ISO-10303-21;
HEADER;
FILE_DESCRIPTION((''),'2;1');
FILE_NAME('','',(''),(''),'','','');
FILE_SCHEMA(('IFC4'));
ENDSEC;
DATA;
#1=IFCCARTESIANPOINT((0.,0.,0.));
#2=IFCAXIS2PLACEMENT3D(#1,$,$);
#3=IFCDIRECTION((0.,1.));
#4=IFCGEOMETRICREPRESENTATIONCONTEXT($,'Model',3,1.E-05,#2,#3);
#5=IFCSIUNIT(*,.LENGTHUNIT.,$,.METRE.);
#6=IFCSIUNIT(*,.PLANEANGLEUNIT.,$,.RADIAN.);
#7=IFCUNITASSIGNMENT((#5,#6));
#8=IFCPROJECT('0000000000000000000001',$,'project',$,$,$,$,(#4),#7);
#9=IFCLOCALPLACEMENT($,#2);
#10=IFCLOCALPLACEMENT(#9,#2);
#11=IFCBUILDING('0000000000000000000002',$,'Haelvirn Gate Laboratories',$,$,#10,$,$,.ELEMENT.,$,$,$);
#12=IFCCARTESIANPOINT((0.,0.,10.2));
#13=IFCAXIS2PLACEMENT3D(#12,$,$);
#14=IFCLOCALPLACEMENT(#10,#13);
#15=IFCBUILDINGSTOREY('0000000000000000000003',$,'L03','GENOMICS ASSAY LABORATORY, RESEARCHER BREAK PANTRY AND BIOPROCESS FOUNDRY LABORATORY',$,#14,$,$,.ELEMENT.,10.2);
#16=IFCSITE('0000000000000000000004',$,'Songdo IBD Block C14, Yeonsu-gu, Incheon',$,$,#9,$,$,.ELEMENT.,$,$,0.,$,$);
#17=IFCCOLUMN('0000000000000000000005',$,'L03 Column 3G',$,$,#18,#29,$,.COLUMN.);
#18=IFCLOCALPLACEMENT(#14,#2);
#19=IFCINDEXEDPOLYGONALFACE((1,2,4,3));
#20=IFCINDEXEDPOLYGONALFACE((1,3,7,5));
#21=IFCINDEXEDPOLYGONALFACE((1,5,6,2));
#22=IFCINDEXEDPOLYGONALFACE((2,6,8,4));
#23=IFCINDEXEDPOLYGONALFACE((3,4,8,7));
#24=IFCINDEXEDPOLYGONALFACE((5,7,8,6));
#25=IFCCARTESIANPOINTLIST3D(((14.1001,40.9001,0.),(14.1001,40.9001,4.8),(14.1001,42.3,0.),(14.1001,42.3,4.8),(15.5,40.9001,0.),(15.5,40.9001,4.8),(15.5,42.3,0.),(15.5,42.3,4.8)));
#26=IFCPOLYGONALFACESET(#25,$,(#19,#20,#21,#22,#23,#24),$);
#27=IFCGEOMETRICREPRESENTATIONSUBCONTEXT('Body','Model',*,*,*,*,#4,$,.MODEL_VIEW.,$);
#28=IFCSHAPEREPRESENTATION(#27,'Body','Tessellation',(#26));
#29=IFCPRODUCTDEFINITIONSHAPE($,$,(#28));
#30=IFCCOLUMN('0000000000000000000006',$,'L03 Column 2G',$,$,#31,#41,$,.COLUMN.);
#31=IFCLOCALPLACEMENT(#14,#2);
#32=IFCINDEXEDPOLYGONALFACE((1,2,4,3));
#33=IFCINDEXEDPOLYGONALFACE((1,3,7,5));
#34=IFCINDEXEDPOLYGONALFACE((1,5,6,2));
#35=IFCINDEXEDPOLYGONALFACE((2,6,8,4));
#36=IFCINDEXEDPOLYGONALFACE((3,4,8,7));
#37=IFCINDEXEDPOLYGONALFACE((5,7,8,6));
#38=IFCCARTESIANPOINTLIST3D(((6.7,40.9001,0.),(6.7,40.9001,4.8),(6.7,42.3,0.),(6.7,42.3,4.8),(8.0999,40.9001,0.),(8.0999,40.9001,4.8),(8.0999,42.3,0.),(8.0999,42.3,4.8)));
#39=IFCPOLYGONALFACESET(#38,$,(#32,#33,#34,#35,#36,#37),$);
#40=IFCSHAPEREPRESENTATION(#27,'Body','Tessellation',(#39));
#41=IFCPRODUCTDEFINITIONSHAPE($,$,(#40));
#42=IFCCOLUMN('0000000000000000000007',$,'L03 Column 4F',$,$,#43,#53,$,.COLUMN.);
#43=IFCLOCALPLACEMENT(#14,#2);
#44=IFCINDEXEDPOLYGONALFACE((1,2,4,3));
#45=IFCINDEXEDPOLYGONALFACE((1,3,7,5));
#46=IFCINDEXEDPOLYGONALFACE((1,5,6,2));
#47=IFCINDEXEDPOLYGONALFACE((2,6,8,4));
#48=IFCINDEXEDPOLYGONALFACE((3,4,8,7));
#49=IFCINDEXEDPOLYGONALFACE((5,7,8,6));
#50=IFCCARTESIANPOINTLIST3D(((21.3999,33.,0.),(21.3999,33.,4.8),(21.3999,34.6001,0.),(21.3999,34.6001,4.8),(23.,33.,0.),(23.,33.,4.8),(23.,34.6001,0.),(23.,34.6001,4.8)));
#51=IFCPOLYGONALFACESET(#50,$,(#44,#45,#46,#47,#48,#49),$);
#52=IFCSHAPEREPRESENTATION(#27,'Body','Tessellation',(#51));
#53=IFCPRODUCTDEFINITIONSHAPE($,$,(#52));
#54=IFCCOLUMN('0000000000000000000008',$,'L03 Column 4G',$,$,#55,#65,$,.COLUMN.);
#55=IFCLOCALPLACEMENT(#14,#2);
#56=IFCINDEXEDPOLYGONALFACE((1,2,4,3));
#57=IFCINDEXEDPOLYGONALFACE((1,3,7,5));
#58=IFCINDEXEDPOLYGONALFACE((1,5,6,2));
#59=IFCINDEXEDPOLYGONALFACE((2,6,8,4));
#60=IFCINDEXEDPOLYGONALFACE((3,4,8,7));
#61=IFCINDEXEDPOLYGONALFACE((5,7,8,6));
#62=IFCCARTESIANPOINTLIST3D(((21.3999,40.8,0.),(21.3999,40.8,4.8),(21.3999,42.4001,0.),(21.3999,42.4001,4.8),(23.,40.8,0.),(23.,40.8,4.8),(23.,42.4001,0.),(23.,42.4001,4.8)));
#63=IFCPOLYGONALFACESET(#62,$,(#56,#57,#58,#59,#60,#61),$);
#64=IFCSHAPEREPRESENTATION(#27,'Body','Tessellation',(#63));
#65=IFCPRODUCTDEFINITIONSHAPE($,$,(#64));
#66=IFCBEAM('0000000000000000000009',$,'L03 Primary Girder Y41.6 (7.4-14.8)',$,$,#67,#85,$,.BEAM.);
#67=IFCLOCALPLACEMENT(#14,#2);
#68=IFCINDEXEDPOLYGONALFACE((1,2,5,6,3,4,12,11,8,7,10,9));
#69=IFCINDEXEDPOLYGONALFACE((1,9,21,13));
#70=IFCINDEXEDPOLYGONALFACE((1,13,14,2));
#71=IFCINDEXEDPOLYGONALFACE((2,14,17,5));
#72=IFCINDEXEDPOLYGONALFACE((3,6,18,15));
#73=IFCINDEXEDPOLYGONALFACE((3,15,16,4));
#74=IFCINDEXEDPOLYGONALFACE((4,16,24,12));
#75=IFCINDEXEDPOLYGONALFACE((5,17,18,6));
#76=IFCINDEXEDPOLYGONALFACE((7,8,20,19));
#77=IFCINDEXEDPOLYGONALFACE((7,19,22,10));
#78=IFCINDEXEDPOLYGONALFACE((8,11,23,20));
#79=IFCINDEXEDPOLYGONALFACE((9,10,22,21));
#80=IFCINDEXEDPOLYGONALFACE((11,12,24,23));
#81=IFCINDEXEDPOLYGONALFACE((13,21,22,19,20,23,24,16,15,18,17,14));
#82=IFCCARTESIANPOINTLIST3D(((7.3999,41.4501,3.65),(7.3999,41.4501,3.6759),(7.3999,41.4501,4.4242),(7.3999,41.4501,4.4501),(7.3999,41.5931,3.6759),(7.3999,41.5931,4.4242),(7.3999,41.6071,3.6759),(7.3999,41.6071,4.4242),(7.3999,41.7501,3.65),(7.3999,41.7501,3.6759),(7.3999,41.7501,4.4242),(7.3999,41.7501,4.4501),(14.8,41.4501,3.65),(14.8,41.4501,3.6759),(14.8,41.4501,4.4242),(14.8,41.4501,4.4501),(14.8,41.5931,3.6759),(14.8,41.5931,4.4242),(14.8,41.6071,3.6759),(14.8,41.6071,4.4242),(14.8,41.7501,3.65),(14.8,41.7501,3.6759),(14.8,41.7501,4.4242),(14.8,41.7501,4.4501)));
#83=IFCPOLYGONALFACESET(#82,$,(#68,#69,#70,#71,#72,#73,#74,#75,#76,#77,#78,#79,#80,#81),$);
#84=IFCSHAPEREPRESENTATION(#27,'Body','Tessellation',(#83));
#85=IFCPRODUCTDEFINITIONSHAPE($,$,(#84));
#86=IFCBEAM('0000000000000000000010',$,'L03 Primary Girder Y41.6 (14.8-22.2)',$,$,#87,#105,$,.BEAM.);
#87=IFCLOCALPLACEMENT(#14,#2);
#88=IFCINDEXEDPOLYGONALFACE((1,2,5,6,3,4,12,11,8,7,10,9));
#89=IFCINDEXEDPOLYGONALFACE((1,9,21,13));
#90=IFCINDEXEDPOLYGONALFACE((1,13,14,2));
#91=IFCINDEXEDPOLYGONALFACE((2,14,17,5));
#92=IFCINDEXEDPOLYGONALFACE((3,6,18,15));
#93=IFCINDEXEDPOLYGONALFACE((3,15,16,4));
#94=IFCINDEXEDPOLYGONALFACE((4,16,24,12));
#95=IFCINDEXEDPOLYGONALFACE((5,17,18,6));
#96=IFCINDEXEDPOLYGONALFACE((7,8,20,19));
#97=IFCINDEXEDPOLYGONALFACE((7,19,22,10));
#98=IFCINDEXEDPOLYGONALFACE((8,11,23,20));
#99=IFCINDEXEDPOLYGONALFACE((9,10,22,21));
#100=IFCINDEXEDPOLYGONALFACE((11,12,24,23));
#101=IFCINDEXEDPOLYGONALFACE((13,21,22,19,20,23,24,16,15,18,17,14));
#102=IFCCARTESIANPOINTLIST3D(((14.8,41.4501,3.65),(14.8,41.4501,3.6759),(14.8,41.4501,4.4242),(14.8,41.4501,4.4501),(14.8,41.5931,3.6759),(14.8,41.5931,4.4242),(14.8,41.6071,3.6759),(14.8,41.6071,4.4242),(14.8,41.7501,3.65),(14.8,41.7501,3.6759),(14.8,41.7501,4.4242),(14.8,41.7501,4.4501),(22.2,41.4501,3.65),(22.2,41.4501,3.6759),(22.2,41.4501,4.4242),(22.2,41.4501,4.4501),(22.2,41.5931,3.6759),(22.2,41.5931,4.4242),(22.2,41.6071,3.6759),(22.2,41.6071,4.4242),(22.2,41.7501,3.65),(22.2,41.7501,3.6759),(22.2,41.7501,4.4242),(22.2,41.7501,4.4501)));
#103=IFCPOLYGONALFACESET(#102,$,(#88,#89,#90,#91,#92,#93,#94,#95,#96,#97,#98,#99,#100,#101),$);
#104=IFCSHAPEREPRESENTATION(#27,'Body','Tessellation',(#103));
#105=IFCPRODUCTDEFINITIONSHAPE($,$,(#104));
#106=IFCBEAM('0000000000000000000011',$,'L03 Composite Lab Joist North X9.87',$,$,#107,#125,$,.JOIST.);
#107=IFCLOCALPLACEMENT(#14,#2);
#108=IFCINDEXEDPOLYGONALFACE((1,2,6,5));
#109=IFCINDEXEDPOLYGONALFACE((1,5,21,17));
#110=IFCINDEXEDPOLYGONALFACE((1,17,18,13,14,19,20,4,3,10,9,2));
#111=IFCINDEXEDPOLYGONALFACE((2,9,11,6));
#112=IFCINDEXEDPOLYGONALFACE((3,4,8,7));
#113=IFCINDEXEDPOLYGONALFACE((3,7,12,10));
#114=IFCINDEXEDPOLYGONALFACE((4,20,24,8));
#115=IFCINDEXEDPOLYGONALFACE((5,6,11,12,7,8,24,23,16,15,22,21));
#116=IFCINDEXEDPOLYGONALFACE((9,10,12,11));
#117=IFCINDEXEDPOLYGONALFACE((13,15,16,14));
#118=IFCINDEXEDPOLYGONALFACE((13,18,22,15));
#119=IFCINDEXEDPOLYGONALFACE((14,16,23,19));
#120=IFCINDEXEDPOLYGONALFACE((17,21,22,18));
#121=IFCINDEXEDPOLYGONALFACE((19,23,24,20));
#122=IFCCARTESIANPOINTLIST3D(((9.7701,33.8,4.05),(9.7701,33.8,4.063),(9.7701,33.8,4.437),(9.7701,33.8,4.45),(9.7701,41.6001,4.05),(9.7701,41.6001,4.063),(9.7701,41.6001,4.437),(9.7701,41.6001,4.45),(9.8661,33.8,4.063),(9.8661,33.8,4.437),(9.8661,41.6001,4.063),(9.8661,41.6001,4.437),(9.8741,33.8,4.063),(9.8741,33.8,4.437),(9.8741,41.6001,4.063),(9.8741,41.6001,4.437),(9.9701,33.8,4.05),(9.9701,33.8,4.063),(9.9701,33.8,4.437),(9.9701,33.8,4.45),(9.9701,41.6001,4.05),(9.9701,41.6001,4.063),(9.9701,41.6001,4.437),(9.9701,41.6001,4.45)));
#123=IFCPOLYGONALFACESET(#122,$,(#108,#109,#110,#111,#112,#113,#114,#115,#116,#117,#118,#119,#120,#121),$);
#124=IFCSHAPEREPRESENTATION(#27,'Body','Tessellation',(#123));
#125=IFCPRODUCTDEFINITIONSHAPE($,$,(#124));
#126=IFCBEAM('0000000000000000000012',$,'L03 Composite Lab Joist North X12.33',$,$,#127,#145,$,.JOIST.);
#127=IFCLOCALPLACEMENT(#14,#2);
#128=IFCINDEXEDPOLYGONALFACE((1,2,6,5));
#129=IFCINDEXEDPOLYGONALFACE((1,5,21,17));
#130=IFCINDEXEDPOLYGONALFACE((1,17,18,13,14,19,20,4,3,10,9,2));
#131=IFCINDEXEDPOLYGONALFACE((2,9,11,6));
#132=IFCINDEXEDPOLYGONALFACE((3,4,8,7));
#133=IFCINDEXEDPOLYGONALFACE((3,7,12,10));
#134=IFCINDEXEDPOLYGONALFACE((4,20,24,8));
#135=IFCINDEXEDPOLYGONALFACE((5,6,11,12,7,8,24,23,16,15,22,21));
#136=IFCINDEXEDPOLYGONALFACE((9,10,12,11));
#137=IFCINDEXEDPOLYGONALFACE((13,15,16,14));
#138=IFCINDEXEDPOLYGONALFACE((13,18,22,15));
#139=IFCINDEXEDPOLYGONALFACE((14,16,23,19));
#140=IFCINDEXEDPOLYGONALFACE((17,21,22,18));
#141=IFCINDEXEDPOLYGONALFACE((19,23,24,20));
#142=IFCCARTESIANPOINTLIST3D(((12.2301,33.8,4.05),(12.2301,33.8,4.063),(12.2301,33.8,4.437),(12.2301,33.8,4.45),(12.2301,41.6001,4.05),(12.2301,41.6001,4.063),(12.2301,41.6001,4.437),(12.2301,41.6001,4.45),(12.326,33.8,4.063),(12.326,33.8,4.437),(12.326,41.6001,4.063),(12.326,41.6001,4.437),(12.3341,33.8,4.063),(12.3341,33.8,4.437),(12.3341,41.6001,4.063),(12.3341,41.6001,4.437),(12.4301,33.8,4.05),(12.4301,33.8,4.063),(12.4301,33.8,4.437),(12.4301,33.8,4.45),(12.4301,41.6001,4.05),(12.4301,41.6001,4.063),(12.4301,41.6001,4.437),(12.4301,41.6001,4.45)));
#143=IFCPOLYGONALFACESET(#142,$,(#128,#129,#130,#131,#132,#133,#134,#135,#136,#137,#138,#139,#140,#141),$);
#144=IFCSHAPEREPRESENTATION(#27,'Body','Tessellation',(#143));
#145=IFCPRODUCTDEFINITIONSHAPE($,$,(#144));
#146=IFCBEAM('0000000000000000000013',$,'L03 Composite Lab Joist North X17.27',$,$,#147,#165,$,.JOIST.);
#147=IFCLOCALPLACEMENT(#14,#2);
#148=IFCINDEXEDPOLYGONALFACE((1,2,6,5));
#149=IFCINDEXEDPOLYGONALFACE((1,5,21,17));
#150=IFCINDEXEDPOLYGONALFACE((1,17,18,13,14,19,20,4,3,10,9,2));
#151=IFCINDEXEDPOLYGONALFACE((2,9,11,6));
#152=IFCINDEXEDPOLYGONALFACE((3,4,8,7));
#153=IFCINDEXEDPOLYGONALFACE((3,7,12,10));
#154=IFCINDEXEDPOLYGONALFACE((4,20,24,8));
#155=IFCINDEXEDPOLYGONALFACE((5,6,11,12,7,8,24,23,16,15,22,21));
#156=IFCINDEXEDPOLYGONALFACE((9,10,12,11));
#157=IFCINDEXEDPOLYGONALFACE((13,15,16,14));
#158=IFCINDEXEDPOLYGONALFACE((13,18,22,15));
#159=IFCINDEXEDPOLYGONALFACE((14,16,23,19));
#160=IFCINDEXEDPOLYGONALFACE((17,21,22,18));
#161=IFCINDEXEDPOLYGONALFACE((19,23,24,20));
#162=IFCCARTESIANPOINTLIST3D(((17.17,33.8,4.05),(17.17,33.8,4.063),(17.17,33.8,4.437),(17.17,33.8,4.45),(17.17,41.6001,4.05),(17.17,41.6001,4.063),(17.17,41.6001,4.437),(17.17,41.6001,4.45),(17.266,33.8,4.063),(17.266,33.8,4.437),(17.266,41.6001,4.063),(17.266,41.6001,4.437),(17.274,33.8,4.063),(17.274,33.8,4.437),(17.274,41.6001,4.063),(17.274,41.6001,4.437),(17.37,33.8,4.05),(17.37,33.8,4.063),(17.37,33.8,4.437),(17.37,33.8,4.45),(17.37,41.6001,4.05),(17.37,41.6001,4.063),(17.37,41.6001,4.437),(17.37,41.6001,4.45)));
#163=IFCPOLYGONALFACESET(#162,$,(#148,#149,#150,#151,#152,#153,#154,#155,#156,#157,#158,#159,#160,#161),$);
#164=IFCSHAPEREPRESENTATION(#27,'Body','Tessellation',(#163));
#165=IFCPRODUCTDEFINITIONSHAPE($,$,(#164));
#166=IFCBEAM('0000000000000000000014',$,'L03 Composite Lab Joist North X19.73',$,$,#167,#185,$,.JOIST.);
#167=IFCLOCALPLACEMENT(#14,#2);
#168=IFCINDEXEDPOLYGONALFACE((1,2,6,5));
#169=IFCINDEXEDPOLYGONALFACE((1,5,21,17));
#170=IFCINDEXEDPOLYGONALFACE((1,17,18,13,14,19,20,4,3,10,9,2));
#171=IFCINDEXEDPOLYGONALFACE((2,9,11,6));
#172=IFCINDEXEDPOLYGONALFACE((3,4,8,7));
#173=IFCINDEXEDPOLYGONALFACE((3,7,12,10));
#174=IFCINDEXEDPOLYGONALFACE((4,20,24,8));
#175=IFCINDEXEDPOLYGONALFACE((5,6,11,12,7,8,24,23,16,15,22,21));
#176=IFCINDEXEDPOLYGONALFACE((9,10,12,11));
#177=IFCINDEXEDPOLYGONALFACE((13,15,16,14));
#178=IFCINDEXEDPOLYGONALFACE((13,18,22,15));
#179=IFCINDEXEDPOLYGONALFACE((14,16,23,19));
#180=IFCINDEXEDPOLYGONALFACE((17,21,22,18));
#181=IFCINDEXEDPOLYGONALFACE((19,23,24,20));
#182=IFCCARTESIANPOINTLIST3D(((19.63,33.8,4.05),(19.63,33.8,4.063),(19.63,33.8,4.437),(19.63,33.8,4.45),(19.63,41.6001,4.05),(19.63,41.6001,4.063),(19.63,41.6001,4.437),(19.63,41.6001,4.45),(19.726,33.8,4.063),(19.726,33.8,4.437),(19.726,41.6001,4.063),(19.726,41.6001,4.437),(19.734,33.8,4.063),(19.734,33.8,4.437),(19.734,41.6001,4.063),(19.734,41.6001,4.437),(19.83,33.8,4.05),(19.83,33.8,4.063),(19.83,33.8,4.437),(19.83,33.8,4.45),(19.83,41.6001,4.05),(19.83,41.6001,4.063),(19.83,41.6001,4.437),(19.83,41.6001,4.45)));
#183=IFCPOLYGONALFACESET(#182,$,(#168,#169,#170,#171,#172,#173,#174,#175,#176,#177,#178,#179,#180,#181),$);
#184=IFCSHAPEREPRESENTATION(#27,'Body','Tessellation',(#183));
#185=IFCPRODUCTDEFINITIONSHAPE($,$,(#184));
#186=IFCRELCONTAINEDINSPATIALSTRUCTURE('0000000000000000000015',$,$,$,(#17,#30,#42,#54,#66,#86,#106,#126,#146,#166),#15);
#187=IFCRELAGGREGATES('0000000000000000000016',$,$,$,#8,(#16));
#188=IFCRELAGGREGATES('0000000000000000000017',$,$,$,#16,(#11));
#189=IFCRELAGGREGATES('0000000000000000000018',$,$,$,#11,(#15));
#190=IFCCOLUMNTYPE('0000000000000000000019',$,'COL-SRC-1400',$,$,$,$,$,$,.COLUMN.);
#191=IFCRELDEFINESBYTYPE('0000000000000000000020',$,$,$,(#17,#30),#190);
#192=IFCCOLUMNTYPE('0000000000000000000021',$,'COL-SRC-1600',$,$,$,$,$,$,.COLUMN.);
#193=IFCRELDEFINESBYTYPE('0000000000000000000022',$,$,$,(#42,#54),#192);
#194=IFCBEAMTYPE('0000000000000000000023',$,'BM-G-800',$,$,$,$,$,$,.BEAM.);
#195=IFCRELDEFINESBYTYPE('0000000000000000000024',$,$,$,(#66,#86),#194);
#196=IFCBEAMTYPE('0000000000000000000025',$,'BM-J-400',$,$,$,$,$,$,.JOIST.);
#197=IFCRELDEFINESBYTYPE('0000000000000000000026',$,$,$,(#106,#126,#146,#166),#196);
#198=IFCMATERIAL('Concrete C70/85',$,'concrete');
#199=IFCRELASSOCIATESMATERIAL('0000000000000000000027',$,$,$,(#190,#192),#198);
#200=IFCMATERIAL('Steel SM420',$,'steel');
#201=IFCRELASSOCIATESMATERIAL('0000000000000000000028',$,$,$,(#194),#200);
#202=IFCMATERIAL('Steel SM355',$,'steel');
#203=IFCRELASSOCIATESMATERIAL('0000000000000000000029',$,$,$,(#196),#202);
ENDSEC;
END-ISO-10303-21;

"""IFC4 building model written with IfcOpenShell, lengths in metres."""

from ifc_helpers import new_model, si_unit, direction, frame, origin, origin_2d, place, context, subcontext, project, spatial, rectangle, i_section, extrude, source, transform, mapped, material, material_profile, profile_set, type_object, type_shapes, element, save


model = new_model("IFC4")

# Units and contexts
model_context = context("Model", 3, precision=1e-05, world=origin(), true_north=direction((0.0, 1.0)))
body_context = subcontext(model_context, "Body", "Model", "MODEL_VIEW")
ifc_project = project(units=[si_unit("LENGTHUNIT", "METRE"), si_unit("PLANEANGLEUNIT", "RADIAN")], contexts=[model_context])

# Site, building, storey
site_placement = place(None, origin())
site = spatial("IfcSite", under=ifc_project, at=site_placement, Name="Songdo IBD Block C14, Yeonsu-gu, Incheon", CompositionType="ELEMENT", RefElevation=0.0)
building_placement = place(site_placement, origin())
building = spatial("IfcBuilding", under=site, at=building_placement, Name="Haelvirn Gate Laboratories", CompositionType="ELEMENT")
storey_placement = place(building_placement, frame((0.0, 0.0, 10.2)))
storey = spatial("IfcBuildingStorey", under=building, at=storey_placement, Name="L03", Description="GENOMICS ASSAY LABORATORY, RESEARCHER BREAK PANTRY AND BIOPROCESS FOUNDRY LABORATORY", CompositionType="ELEMENT", Elevation=10.2)

# Columns
ifc_material_1 = material(Name="Concrete C70/85", Category="concrete")
ifc_material_profile_1 = material_profile(ifc_material_1, rectangle(XDim=1.3999, YDim=1.3999, at=origin_2d()), Name="SRC-1400x1400")
ifc_profile_set_1 = profile_set([ifc_material_profile_1], Name="Concrete C70/85")
column_type_1 = type_object("IfcColumnType", Name="COL-SRC-1400", PredefinedType="COLUMN", material=ifc_profile_set_1)
shared_shape_1 = source(origin(), body_context, "Body", "SweptSolid", [
    extrude(rectangle(XDim=1.3999, YDim=1.3999, at=origin_2d()), origin(), (0.0, 0.0, 1.0), 4.8),
])
type_shapes(column_type_1, [shared_shape_1])
for number, where, z_axis, x_axis, name in (
    (1, (14.8, 41.6001, 0.0), (0.0, 0.0, 1.0), (1.0, 0.0, 0.0), "L03 Column 3G"),
    (2, (7.3999, 41.6001, 0.0), (0.0, 0.0, 1.0), (1.0, 0.0, 0.0), "L03 Column 2G"),
):
    element("IfcColumn", number, at=place(storey_placement, frame(where, z_axis=z_axis, x_axis=x_axis)), inside=storey, type_object=column_type_1, Name=name, PredefinedType="COLUMN", context=body_context, shape_type="MappedRepresentation", body=[
        mapped(shared_shape_1, transform((0.0, 0.0, 0.0), scale=1.0)),
    ])
ifc_material_profile_2 = material_profile(ifc_material_1, rectangle(XDim=1.6001, YDim=1.6001, at=origin_2d()), Name="SRC-1600x1600")
ifc_profile_set_2 = profile_set([ifc_material_profile_2], Name="Concrete C70/85")
column_type_2 = type_object("IfcColumnType", Name="COL-SRC-1600", PredefinedType="COLUMN", material=ifc_profile_set_2)
shared_shape_2 = source(origin(), body_context, "Body", "SweptSolid", [
    extrude(rectangle(XDim=1.6001, YDim=1.6001, at=origin_2d()), origin(), (0.0, 0.0, 1.0), 4.8),
])
type_shapes(column_type_2, [shared_shape_2])
for number, where, z_axis, x_axis, name in (
    (3, (22.2, 33.8, 0.0), (0.0, 0.0, 1.0), (1.0, 0.0, 0.0), "L03 Column 4F"),
    (4, (22.2, 41.6001, 0.0), (0.0, 0.0, 1.0), (1.0, 0.0, 0.0), "L03 Column 4G"),
):
    element("IfcColumn", number, at=place(storey_placement, frame(where, z_axis=z_axis, x_axis=x_axis)), inside=storey, type_object=column_type_2, Name=name, PredefinedType="COLUMN", context=body_context, shape_type="MappedRepresentation", body=[
        mapped(shared_shape_2, transform((0.0, 0.0, 0.0), scale=1.0)),
    ])

# Beams
ifc_material_2 = material(Name="Steel SM420", Category="steel")
ifc_material_profile_3 = material_profile(ifc_material_2, i_section(OverallWidth=0.3, OverallDepth=0.8, WebThickness=0.0139, FlangeThickness=0.0259, at=origin_2d()), Name="H-800x300x14x26")
ifc_profile_set_3 = profile_set([ifc_material_profile_3], Name="Steel SM420")
beam_type_1 = type_object("IfcBeamType", Name="BM-G-800", PredefinedType="BEAM", material=ifc_profile_set_3)
shared_shape_3 = source(origin(), body_context, "Body", "SweptSolid", [
    extrude(i_section(OverallWidth=0.3, OverallDepth=0.8, WebThickness=0.0139, FlangeThickness=0.0259, at=origin_2d()), origin(), (0.0, 0.0, 1.0), 7.4001),
])
beam_1_placement = place(storey_placement, frame((7.3999, 41.6001, 4.05), z_axis=(1.0, 0.0, 0.0), x_axis=(0.0, 1.0, 0.0)))
element("IfcBeam", 5, at=beam_1_placement, inside=storey, type_object=beam_type_1, Name="L03 Primary Girder Y41.6 (7.4-14.8)", PredefinedType="BEAM", context=body_context, shape_type="MappedRepresentation", body=[
    mapped(shared_shape_3, transform((0.0, 0.0, 0.0), scale=1.0)),
])
shared_shape_4 = source(origin(), body_context, "Body", "SweptSolid", [
    extrude(i_section(OverallWidth=0.3, OverallDepth=0.8, WebThickness=0.0139, FlangeThickness=0.0259, at=origin_2d()), origin(), (0.0, 0.0, 1.0), 7.3999),
])
type_shapes(beam_type_1, [shared_shape_3, shared_shape_4])
beam_2_placement = place(storey_placement, frame((14.8, 41.6001, 4.05), z_axis=(1.0, 0.0, 0.0), x_axis=(0.0, 1.0, 0.0)))
element("IfcBeam", 6, at=beam_2_placement, inside=storey, type_object=beam_type_1, Name="L03 Primary Girder Y41.6 (14.8-22.2)", PredefinedType="BEAM", context=body_context, shape_type="MappedRepresentation", body=[
    mapped(shared_shape_4, transform((0.0, 0.0, 0.0), scale=1.0)),
])
ifc_material_3 = material(Name="Steel SM355", Category="steel")
ifc_material_profile_4 = material_profile(ifc_material_3, i_section(OverallWidth=0.2, OverallDepth=0.3999, WebThickness=0.0081, FlangeThickness=0.0129, at=origin_2d()), Name="H-400x200x8x13")
ifc_profile_set_4 = profile_set([ifc_material_profile_4], Name="Steel SM355")
beam_type_2 = type_object("IfcBeamType", Name="BM-J-400", PredefinedType="JOIST", material=ifc_profile_set_4)
shared_shape_5 = source(origin(), body_context, "Body", "SweptSolid", [
    extrude(i_section(OverallWidth=0.2, OverallDepth=0.3999, WebThickness=0.0081, FlangeThickness=0.0129, at=origin_2d()), origin(), (0.0, 0.0, 1.0), 7.8),
])
type_shapes(beam_type_2, [shared_shape_5])
for number, where, z_axis, x_axis, name in (
    (7, (9.8701, 33.8, 4.25), (0.0, 1.0, 0.0), (-1.0, 0.0, 0.0), "L03 Composite Lab Joist North X9.87"),
    (8, (12.3301, 33.8, 4.25), (0.0, 1.0, 0.0), (-1.0, 0.0, 0.0), "L03 Composite Lab Joist North X12.33"),
    (9, (17.27, 33.8, 4.25), (0.0, 1.0, 0.0), (-1.0, 0.0, 0.0), "L03 Composite Lab Joist North X17.27"),
    (10, (19.73, 33.8, 4.25), (0.0, 1.0, 0.0), (-1.0, 0.0, 0.0), "L03 Composite Lab Joist North X19.73"),
):
    element("IfcBeam", number, at=place(storey_placement, frame(where, z_axis=z_axis, x_axis=x_axis)), inside=storey, type_object=beam_type_2, Name=name, PredefinedType="JOIST", context=body_context, shape_type="MappedRepresentation", body=[
        mapped(shared_shape_5, transform((0.0, 0.0, 0.0), scale=1.0)),
    ])

save(model, "model.ifc")
